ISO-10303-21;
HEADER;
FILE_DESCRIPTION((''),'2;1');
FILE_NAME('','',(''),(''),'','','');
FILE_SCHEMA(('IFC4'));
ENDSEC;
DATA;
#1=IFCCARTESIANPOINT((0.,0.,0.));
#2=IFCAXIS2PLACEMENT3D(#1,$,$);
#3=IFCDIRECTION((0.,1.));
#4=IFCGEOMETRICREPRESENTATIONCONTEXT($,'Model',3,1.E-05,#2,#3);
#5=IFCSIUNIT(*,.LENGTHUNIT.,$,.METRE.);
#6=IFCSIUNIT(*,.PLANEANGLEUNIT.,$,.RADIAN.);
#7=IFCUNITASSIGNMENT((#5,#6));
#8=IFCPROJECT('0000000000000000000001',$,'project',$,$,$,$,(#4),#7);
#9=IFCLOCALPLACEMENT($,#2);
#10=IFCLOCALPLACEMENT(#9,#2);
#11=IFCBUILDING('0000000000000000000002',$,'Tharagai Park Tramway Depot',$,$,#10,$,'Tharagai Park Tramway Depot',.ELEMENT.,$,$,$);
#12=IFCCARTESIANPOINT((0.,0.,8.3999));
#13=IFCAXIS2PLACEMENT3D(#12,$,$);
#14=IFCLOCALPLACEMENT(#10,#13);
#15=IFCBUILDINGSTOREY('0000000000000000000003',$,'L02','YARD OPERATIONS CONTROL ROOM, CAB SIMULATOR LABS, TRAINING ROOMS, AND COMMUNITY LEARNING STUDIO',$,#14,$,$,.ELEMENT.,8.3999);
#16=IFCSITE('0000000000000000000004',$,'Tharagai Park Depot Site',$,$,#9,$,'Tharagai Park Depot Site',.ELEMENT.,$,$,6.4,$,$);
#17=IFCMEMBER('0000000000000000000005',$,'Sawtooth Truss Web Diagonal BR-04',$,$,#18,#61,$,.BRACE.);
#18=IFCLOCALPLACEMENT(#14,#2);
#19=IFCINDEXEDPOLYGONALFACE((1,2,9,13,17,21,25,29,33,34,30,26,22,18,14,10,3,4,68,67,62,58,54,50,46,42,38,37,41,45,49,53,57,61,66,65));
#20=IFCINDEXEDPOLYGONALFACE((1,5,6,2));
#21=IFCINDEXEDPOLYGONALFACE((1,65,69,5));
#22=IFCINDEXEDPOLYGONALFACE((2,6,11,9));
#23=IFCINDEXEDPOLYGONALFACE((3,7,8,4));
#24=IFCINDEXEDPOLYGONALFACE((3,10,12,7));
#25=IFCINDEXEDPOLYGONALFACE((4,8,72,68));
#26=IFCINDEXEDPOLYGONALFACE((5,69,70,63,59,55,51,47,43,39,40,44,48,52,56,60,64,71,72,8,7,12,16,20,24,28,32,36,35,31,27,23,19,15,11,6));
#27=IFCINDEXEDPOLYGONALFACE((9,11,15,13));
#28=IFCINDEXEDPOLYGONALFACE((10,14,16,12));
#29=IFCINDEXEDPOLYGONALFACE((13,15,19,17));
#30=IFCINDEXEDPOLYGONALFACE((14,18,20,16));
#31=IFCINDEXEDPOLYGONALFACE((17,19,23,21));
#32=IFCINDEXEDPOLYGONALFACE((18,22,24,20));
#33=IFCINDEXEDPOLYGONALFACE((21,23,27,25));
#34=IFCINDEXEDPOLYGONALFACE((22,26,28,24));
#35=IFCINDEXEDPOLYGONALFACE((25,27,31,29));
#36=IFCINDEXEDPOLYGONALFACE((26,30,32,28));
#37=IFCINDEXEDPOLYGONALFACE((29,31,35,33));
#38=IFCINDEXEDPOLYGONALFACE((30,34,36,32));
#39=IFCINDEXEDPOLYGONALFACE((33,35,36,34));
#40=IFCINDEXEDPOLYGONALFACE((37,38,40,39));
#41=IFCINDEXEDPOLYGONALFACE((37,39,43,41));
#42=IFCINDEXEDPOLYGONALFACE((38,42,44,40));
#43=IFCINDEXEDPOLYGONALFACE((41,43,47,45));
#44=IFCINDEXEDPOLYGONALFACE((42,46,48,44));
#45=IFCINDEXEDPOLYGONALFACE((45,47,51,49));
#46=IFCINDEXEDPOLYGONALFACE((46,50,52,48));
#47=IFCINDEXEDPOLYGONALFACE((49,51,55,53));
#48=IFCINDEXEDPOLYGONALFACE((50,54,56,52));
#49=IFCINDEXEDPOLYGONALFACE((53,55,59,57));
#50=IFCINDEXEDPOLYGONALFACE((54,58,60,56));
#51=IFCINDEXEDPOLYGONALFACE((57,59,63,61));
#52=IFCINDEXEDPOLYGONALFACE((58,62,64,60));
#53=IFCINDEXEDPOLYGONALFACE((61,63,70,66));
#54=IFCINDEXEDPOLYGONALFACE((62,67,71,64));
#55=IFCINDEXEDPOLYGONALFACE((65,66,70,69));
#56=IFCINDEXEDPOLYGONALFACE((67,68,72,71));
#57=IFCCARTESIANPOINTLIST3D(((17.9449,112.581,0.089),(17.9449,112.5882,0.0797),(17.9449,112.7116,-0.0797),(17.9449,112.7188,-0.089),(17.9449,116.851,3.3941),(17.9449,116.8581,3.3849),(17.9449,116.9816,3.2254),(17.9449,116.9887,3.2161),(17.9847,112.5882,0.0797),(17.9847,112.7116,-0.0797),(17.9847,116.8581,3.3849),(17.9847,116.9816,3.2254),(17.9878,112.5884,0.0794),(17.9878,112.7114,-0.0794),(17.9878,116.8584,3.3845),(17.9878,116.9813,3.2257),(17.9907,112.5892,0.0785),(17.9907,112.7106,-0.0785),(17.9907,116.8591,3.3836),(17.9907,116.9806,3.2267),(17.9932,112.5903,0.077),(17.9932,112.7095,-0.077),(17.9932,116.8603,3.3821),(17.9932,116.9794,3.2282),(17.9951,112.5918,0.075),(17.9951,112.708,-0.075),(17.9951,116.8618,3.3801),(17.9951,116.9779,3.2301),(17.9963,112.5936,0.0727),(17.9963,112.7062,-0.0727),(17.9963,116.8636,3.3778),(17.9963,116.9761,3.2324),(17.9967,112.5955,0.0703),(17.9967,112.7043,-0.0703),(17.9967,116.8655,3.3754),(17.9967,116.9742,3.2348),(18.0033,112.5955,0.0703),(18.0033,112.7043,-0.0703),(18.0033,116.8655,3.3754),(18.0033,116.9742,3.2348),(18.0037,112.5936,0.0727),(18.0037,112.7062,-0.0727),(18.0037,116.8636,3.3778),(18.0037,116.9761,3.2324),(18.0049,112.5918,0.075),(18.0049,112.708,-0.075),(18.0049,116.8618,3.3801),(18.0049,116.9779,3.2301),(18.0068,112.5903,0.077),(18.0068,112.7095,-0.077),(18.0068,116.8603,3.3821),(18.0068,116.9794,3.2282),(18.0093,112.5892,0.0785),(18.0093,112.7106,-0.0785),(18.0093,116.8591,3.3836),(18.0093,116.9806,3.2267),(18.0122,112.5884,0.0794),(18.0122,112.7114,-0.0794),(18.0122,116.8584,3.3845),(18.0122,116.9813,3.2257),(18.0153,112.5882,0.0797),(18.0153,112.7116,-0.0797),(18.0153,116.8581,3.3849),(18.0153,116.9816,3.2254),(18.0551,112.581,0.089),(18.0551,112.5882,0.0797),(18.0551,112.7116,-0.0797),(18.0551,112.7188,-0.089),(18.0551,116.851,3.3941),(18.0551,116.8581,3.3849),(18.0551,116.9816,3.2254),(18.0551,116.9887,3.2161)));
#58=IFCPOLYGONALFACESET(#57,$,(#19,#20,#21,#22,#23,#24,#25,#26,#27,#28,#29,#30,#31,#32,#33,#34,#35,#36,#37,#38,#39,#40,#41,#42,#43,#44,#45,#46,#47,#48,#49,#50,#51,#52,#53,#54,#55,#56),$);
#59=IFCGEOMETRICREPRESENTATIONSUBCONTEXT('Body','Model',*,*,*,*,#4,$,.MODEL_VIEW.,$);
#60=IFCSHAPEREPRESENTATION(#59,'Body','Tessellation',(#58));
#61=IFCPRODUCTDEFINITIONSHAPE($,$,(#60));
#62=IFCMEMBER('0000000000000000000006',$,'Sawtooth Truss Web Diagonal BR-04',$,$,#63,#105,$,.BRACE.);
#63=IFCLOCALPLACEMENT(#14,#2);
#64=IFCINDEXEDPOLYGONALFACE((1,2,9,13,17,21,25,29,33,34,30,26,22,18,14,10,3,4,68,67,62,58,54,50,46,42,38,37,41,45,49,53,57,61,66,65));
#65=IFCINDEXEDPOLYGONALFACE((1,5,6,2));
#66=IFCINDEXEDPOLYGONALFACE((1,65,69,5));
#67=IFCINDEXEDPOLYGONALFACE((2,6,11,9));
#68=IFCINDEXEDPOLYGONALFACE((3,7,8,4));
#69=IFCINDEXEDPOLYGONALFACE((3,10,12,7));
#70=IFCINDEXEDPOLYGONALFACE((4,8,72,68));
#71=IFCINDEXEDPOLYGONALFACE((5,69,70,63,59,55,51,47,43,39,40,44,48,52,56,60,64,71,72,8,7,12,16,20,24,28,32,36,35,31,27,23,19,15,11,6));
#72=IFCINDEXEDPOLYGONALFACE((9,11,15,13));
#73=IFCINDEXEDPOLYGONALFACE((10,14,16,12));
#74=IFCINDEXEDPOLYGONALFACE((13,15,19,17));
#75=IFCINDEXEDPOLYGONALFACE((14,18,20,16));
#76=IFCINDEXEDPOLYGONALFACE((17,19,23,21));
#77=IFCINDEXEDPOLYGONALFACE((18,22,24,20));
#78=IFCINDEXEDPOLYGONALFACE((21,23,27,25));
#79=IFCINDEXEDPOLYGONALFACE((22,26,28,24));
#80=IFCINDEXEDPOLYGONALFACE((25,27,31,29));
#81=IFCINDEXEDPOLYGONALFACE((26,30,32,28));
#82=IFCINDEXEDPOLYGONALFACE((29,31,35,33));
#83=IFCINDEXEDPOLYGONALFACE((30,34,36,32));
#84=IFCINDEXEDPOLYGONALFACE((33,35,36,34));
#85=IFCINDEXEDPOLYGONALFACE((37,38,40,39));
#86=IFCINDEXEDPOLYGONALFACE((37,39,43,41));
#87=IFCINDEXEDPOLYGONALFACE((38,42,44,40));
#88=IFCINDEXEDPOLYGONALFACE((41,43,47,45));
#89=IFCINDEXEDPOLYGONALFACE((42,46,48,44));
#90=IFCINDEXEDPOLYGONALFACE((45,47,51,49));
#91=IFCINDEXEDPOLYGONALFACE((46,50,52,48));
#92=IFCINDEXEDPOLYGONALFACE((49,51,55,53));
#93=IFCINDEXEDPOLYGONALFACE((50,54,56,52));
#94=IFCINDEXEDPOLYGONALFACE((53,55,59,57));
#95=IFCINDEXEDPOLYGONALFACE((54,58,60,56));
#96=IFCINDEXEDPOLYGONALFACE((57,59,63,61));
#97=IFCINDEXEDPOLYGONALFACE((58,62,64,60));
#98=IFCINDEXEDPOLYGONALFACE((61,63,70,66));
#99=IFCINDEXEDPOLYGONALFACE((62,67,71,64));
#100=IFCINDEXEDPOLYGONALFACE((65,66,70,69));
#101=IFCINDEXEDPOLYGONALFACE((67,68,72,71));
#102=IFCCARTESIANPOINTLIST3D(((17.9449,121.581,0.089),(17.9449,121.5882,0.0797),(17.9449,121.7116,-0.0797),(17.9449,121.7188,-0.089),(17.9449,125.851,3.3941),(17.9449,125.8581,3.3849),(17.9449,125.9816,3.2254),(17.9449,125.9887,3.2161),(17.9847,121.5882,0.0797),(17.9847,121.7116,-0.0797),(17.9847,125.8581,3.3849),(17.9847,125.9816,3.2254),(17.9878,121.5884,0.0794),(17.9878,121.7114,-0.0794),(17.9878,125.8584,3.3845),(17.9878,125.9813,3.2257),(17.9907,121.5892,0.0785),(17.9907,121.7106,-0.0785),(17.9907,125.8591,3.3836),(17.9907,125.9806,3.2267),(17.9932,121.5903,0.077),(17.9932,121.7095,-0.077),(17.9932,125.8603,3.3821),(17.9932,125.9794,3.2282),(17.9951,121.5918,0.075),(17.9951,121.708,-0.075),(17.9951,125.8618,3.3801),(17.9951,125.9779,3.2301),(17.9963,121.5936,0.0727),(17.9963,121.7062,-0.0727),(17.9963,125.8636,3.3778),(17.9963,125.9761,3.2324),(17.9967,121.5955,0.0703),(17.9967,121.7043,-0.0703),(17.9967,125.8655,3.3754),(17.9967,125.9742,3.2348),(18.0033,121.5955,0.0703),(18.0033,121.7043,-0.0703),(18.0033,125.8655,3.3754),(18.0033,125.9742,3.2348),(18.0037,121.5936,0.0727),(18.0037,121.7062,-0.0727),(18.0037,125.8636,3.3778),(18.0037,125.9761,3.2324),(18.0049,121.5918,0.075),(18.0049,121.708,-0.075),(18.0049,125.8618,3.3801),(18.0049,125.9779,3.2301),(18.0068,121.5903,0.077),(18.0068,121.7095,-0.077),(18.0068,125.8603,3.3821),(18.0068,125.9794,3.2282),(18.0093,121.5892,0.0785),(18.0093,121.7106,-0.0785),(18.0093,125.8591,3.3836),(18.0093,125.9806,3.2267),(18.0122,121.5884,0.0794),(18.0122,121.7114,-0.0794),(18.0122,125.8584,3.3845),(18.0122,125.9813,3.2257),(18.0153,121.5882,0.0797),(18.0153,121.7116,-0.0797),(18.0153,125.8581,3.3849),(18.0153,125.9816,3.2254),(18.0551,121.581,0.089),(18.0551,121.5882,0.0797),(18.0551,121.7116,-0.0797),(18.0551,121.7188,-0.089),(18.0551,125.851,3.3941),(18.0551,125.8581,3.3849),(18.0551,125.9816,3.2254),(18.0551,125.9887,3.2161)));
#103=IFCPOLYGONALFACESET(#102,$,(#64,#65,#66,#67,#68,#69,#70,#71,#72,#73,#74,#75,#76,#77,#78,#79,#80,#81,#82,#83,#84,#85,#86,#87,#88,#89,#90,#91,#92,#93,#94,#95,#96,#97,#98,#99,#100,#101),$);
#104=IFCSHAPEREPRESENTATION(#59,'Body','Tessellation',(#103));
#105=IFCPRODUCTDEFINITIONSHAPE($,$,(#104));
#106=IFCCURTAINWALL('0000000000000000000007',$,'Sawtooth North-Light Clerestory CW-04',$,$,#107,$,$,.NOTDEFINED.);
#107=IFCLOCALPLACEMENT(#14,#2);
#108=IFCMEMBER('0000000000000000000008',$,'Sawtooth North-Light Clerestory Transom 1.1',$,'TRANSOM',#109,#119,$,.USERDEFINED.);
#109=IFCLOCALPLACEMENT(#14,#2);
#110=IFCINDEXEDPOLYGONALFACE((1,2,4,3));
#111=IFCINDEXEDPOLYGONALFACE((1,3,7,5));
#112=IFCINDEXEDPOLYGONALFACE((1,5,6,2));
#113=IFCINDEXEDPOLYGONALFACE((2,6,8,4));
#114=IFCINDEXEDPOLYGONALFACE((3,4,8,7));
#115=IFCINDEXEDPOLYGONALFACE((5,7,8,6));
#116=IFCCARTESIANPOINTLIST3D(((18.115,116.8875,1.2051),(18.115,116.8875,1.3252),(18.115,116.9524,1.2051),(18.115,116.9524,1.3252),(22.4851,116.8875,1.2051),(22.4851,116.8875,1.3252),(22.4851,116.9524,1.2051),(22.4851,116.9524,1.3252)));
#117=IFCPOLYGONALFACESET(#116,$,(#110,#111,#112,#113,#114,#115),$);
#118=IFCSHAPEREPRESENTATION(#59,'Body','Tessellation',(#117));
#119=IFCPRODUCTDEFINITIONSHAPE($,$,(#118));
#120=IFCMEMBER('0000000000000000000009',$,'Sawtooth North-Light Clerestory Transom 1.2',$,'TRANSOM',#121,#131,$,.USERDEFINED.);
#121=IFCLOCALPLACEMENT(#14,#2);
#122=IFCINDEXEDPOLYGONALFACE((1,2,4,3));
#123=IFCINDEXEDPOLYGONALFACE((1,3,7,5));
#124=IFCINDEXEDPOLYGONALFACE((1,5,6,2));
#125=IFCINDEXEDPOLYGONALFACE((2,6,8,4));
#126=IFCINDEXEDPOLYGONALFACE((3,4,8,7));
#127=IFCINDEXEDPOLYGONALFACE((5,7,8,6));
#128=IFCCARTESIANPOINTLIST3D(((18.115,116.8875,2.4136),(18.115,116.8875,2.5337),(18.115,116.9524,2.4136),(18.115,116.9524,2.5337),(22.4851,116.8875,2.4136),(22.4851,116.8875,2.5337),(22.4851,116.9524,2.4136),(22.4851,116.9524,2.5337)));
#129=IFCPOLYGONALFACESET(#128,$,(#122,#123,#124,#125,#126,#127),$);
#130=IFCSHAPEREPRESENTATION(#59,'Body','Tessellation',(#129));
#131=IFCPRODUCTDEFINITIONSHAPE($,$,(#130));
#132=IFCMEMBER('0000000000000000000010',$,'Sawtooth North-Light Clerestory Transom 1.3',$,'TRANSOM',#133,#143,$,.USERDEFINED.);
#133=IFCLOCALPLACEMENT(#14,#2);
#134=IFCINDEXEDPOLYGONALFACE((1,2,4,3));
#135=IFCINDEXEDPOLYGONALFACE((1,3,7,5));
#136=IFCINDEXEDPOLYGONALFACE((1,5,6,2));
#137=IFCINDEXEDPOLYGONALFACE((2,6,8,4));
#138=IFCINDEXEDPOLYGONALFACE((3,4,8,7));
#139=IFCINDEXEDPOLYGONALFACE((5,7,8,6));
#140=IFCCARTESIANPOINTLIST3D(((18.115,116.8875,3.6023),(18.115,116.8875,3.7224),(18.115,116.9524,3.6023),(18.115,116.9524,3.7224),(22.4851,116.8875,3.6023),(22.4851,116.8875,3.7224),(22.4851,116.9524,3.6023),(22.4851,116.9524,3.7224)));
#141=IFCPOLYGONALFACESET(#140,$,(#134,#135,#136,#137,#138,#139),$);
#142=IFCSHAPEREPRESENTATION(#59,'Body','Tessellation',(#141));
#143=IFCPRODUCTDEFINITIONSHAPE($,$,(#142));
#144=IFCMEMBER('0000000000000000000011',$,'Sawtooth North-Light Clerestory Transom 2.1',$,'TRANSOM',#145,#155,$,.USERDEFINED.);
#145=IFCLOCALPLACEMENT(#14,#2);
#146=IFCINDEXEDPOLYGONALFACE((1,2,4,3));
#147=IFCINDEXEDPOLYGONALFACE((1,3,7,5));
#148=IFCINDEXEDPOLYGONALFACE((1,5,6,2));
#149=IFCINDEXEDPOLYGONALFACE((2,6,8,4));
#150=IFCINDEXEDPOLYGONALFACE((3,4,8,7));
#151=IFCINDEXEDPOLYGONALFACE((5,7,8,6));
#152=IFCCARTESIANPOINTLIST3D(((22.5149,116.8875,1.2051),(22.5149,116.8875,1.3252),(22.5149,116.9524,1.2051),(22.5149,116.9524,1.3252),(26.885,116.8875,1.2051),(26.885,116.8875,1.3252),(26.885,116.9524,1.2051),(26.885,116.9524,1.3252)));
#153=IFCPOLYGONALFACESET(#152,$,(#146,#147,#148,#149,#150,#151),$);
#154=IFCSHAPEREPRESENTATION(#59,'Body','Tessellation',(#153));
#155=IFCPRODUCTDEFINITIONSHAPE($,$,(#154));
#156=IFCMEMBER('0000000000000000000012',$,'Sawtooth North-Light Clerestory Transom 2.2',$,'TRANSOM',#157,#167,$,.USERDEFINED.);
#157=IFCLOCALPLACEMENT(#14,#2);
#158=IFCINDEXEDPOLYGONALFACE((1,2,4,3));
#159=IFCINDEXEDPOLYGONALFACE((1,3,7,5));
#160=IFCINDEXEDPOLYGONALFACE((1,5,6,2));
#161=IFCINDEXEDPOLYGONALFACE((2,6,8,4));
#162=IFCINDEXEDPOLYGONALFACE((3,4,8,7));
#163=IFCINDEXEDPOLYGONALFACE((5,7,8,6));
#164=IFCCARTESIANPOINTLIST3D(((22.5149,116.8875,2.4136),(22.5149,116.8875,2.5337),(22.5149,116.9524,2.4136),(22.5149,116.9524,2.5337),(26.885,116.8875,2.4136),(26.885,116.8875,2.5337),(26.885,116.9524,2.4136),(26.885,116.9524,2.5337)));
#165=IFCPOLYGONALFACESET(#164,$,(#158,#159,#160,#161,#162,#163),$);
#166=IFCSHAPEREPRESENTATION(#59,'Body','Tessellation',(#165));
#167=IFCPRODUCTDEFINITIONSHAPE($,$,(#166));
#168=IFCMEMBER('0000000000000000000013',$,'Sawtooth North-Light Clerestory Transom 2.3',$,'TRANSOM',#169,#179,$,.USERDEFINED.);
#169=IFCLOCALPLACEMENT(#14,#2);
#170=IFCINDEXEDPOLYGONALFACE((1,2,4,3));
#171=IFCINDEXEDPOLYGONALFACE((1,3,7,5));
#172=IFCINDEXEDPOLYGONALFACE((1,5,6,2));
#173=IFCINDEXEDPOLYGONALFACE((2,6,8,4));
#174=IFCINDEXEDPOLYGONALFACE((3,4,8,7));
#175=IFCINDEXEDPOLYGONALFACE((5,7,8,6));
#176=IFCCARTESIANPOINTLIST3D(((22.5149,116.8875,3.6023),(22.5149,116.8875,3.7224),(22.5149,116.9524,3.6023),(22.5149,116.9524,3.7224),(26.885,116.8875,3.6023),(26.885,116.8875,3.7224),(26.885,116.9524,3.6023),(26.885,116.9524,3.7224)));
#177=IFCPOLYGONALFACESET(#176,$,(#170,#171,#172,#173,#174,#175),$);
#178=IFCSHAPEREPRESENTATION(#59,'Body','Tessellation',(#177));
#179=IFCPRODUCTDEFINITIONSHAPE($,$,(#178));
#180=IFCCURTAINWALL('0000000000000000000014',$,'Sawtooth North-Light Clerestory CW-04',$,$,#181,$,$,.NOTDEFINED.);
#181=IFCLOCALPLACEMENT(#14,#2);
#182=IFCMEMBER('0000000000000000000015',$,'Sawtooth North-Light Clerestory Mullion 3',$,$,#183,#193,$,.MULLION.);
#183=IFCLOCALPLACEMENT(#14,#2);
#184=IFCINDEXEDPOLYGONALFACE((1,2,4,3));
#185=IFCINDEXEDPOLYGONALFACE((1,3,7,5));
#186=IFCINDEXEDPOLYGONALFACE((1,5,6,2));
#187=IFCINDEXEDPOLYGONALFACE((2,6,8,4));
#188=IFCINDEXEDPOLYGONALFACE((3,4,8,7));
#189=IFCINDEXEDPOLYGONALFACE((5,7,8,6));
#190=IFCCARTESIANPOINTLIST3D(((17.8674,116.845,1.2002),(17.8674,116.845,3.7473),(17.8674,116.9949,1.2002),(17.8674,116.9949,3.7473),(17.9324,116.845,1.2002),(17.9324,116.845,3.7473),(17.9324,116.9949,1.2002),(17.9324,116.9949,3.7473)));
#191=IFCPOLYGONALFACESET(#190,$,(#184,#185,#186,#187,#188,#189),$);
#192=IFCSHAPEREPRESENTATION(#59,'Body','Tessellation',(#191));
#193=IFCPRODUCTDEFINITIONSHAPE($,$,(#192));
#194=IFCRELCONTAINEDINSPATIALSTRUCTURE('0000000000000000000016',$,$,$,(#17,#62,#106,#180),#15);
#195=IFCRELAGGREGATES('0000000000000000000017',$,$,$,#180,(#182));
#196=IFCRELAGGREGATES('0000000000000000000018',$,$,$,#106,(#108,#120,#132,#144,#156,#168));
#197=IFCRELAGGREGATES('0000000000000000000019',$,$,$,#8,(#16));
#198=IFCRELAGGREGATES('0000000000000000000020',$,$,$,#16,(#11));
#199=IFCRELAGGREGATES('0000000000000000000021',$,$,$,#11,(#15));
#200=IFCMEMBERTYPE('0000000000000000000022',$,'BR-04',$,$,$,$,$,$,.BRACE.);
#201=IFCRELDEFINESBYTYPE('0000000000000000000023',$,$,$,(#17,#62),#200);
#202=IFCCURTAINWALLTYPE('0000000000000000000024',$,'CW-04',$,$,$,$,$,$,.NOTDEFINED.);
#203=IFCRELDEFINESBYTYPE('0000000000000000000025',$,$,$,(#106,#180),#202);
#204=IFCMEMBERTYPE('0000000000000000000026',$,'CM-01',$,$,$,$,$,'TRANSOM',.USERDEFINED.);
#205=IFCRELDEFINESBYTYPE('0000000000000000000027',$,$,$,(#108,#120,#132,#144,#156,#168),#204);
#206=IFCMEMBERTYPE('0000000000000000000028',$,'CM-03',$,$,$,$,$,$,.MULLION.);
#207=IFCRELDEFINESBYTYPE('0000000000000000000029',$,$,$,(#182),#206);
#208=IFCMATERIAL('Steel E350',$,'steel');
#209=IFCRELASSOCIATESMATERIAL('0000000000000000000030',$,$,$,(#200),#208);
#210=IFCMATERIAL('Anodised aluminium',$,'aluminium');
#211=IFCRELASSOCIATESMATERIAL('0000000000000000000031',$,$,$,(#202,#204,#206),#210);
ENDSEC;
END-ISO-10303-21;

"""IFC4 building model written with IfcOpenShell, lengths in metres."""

from ifc_helpers import new_model, si_unit, direction, frame, origin, origin_2d, place, context, subcontext, project, spatial, rectangle, i_section, extrude, material, material_profile, profile_set, type_object, element, aggregate, save


model = new_model("IFC4")

# Units and contexts
model_context = context("Model", 3, precision=1e-05, world=origin(), true_north=direction((0.0, 1.0)))
body_context = subcontext(model_context, "Body", "Model", "MODEL_VIEW")
ifc_project = project(units=[si_unit("LENGTHUNIT", "METRE"), si_unit("PLANEANGLEUNIT", "RADIAN")], contexts=[model_context])

# Site, building, storey
site_placement = place(None, origin())
site = spatial("IfcSite", under=ifc_project, at=site_placement, Name="Tharagai Park Depot Site", LongName="Tharagai Park Depot Site", CompositionType="ELEMENT", RefElevation=6.4)
building_placement = place(site_placement, origin())
building = spatial("IfcBuilding", under=site, at=building_placement, Name="Tharagai Park Tramway Depot", LongName="Tharagai Park Tramway Depot", CompositionType="ELEMENT")
storey_placement = place(building_placement, frame((0.0, 0.0, 8.3999)))
storey = spatial("IfcBuildingStorey", under=building, at=storey_placement, Name="L02", Description="YARD OPERATIONS CONTROL ROOM, CAB SIMULATOR LABS, TRAINING ROOMS, AND COMMUNITY LEARNING STUDIO", CompositionType="ELEMENT", Elevation=8.3999)

# Shared definitions
ifc_material_1 = material(Name="Steel E350", Category="steel")

# Members
ifc_material_profile_1 = material_profile(ifc_material_1, i_section(OverallWidth=0.1101, OverallDepth=0.2251, WebThickness=0.0066, FlangeThickness=0.0117, FilletRadius=0.012, at=origin_2d()), Name="ISMB 225")
ifc_profile_set_1 = profile_set([ifc_material_profile_1], Name="Steel E350")
member_type_1 = type_object("IfcMemberType", Name="BR-04", PredefinedType="BRACE", material=ifc_profile_set_1)
for number, where, z_axis, x_axis, name in (
    (1, (18.0, 112.6499, 0.0), (0.0, 0.790782, 0.612098), (-1.0, 0.0, 0.0), "Sawtooth Truss Web Diagonal BR-04"),
    (2, (18.0, 121.6499, 0.0), (0.0, 0.790782, 0.612098), (-1.0, 0.0, 0.0), "Sawtooth Truss Web Diagonal BR-04"),
):
    element("IfcMember", number, at=place(storey_placement, frame(where, z_axis=z_axis, x_axis=x_axis)), inside=storey, type_object=member_type_1, Name=name, PredefinedType="BRACE", context=body_context, shape_type="SweptSolid", body=[
        extrude(i_section(OverallWidth=0.1101, OverallDepth=0.2251, WebThickness=0.0066, FlangeThickness=0.0117, FilletRadius=0.012, at=origin_2d()), origin(), (0.0, 0.0, 1.0), 5.3997),
    ])

# Curtain wall, members
ifc_material_2 = material(Name="Anodised aluminium", Category="aluminium")
curtain_wall_type = type_object("IfcCurtainWallType", Name="CW-04", PredefinedType="NOTDEFINED", material=ifc_material_2)
curtain_wall_1_placement = place(storey_placement, origin())
curtain_wall_1 = element("IfcCurtainWall", 3, at=curtain_wall_1_placement, inside=storey, type_object=curtain_wall_type, Name="Sawtooth North-Light Clerestory CW-04", PredefinedType="NOTDEFINED")
ifc_material_profile_2 = material_profile(ifc_material_2, rectangle(XDim=0.0649, YDim=0.1201, at=origin_2d()), Name="ALU 65x120")
ifc_profile_set_2 = profile_set([ifc_material_profile_2], Name="Anodised aluminium")
member_type_2 = type_object("IfcMemberType", Name="CM-01", ElementType="TRANSOM", PredefinedType="USERDEFINED", material=ifc_profile_set_2)
member_1_placement = place(storey_placement, frame((18.115, 116.9199, 1.2651), z_axis=(1.0, 0.0, 0.0), x_axis=(0.0, 1.0, 0.0)))
member_1 = element("IfcMember", 4, at=member_1_placement, type_object=member_type_2, Name="Sawtooth North-Light Clerestory Transom 1.1", ObjectType="TRANSOM", PredefinedType="USERDEFINED", context=body_context, shape_type="SweptSolid", body=[
    extrude(rectangle(XDim=0.0649, YDim=0.1201, at=origin_2d()), origin(), (0.0, 0.0, 1.0), 4.3701),
])
member_2_placement = place(storey_placement, frame((18.115, 116.9199, 2.4736), z_axis=(1.0, 0.0, 0.0), x_axis=(0.0, 1.0, 0.0)))
member_2 = element("IfcMember", 5, at=member_2_placement, type_object=member_type_2, Name="Sawtooth North-Light Clerestory Transom 1.2", ObjectType="TRANSOM", PredefinedType="USERDEFINED", context=body_context, shape_type="SweptSolid", body=[
    extrude(rectangle(XDim=0.0649, YDim=0.1201, at=origin_2d()), origin(), (0.0, 0.0, 1.0), 4.3701),
])
member_3_placement = place(storey_placement, frame((18.115, 116.9199, 3.6624), z_axis=(1.0, 0.0, 0.0), x_axis=(0.0, 1.0, 0.0)))
member_3 = element("IfcMember", 6, at=member_3_placement, type_object=member_type_2, Name="Sawtooth North-Light Clerestory Transom 1.3", ObjectType="TRANSOM", PredefinedType="USERDEFINED", context=body_context, shape_type="SweptSolid", body=[
    extrude(rectangle(XDim=0.0649, YDim=0.1201, at=origin_2d()), origin(), (0.0, 0.0, 1.0), 4.3701),
])
member_4_placement = place(storey_placement, frame((22.5149, 116.9199, 1.2651), z_axis=(1.0, 0.0, 0.0), x_axis=(0.0, 1.0, 0.0)))
member_4 = element("IfcMember", 7, at=member_4_placement, type_object=member_type_2, Name="Sawtooth North-Light Clerestory Transom 2.1", ObjectType="TRANSOM", PredefinedType="USERDEFINED", context=body_context, shape_type="SweptSolid", body=[
    extrude(rectangle(XDim=0.0649, YDim=0.1201, at=origin_2d()), origin(), (0.0, 0.0, 1.0), 4.3701),
])
member_5_placement = place(storey_placement, frame((22.5149, 116.9199, 2.4736), z_axis=(1.0, 0.0, 0.0), x_axis=(0.0, 1.0, 0.0)))
member_5 = element("IfcMember", 8, at=member_5_placement, type_object=member_type_2, Name="Sawtooth North-Light Clerestory Transom 2.2", ObjectType="TRANSOM", PredefinedType="USERDEFINED", context=body_context, shape_type="SweptSolid", body=[
    extrude(rectangle(XDim=0.0649, YDim=0.1201, at=origin_2d()), origin(), (0.0, 0.0, 1.0), 4.3701),
])
member_6_placement = place(storey_placement, frame((22.5149, 116.9199, 3.6624), z_axis=(1.0, 0.0, 0.0), x_axis=(0.0, 1.0, 0.0)))
member_6 = element("IfcMember", 9, at=member_6_placement, type_object=member_type_2, Name="Sawtooth North-Light Clerestory Transom 2.3", ObjectType="TRANSOM", PredefinedType="USERDEFINED", context=body_context, shape_type="SweptSolid", body=[
    extrude(rectangle(XDim=0.0649, YDim=0.1201, at=origin_2d()), origin(), (0.0, 0.0, 1.0), 4.3701),
])

# Curtain wall, member
curtain_wall_2_placement = place(storey_placement, origin())
curtain_wall_2 = element("IfcCurtainWall", 10, at=curtain_wall_2_placement, inside=storey, type_object=curtain_wall_type, Name="Sawtooth North-Light Clerestory CW-04", PredefinedType="NOTDEFINED")
ifc_material_profile_3 = material_profile(ifc_material_2, rectangle(XDim=0.0649, YDim=0.1499, at=origin_2d()), Name="ALU 65x150")
ifc_profile_set_3 = profile_set([ifc_material_profile_3], Name="Anodised aluminium")
member_type_3 = type_object("IfcMemberType", Name="CM-03", PredefinedType="MULLION", material=ifc_profile_set_3)
member_7_placement = place(storey_placement, frame((17.8999, 116.9199, 1.2002), z_axis=(0.0, 0.0, 1.0), x_axis=(1.0, 0.0, 0.0)))
member_7 = element("IfcMember", 11, at=member_7_placement, type_object=member_type_3, Name="Sawtooth North-Light Clerestory Mullion 3", PredefinedType="MULLION", context=body_context, shape_type="SweptSolid", body=[
    extrude(rectangle(XDim=0.0649, YDim=0.1499, at=origin_2d()), origin(), (0.0, 0.0, 1.0), 2.5471),
])

aggregate(curtain_wall_2, [member_7])
aggregate(curtain_wall_1, [member_1, member_2, member_3, member_4, member_5, member_6])

save(model, "model.ifc")
